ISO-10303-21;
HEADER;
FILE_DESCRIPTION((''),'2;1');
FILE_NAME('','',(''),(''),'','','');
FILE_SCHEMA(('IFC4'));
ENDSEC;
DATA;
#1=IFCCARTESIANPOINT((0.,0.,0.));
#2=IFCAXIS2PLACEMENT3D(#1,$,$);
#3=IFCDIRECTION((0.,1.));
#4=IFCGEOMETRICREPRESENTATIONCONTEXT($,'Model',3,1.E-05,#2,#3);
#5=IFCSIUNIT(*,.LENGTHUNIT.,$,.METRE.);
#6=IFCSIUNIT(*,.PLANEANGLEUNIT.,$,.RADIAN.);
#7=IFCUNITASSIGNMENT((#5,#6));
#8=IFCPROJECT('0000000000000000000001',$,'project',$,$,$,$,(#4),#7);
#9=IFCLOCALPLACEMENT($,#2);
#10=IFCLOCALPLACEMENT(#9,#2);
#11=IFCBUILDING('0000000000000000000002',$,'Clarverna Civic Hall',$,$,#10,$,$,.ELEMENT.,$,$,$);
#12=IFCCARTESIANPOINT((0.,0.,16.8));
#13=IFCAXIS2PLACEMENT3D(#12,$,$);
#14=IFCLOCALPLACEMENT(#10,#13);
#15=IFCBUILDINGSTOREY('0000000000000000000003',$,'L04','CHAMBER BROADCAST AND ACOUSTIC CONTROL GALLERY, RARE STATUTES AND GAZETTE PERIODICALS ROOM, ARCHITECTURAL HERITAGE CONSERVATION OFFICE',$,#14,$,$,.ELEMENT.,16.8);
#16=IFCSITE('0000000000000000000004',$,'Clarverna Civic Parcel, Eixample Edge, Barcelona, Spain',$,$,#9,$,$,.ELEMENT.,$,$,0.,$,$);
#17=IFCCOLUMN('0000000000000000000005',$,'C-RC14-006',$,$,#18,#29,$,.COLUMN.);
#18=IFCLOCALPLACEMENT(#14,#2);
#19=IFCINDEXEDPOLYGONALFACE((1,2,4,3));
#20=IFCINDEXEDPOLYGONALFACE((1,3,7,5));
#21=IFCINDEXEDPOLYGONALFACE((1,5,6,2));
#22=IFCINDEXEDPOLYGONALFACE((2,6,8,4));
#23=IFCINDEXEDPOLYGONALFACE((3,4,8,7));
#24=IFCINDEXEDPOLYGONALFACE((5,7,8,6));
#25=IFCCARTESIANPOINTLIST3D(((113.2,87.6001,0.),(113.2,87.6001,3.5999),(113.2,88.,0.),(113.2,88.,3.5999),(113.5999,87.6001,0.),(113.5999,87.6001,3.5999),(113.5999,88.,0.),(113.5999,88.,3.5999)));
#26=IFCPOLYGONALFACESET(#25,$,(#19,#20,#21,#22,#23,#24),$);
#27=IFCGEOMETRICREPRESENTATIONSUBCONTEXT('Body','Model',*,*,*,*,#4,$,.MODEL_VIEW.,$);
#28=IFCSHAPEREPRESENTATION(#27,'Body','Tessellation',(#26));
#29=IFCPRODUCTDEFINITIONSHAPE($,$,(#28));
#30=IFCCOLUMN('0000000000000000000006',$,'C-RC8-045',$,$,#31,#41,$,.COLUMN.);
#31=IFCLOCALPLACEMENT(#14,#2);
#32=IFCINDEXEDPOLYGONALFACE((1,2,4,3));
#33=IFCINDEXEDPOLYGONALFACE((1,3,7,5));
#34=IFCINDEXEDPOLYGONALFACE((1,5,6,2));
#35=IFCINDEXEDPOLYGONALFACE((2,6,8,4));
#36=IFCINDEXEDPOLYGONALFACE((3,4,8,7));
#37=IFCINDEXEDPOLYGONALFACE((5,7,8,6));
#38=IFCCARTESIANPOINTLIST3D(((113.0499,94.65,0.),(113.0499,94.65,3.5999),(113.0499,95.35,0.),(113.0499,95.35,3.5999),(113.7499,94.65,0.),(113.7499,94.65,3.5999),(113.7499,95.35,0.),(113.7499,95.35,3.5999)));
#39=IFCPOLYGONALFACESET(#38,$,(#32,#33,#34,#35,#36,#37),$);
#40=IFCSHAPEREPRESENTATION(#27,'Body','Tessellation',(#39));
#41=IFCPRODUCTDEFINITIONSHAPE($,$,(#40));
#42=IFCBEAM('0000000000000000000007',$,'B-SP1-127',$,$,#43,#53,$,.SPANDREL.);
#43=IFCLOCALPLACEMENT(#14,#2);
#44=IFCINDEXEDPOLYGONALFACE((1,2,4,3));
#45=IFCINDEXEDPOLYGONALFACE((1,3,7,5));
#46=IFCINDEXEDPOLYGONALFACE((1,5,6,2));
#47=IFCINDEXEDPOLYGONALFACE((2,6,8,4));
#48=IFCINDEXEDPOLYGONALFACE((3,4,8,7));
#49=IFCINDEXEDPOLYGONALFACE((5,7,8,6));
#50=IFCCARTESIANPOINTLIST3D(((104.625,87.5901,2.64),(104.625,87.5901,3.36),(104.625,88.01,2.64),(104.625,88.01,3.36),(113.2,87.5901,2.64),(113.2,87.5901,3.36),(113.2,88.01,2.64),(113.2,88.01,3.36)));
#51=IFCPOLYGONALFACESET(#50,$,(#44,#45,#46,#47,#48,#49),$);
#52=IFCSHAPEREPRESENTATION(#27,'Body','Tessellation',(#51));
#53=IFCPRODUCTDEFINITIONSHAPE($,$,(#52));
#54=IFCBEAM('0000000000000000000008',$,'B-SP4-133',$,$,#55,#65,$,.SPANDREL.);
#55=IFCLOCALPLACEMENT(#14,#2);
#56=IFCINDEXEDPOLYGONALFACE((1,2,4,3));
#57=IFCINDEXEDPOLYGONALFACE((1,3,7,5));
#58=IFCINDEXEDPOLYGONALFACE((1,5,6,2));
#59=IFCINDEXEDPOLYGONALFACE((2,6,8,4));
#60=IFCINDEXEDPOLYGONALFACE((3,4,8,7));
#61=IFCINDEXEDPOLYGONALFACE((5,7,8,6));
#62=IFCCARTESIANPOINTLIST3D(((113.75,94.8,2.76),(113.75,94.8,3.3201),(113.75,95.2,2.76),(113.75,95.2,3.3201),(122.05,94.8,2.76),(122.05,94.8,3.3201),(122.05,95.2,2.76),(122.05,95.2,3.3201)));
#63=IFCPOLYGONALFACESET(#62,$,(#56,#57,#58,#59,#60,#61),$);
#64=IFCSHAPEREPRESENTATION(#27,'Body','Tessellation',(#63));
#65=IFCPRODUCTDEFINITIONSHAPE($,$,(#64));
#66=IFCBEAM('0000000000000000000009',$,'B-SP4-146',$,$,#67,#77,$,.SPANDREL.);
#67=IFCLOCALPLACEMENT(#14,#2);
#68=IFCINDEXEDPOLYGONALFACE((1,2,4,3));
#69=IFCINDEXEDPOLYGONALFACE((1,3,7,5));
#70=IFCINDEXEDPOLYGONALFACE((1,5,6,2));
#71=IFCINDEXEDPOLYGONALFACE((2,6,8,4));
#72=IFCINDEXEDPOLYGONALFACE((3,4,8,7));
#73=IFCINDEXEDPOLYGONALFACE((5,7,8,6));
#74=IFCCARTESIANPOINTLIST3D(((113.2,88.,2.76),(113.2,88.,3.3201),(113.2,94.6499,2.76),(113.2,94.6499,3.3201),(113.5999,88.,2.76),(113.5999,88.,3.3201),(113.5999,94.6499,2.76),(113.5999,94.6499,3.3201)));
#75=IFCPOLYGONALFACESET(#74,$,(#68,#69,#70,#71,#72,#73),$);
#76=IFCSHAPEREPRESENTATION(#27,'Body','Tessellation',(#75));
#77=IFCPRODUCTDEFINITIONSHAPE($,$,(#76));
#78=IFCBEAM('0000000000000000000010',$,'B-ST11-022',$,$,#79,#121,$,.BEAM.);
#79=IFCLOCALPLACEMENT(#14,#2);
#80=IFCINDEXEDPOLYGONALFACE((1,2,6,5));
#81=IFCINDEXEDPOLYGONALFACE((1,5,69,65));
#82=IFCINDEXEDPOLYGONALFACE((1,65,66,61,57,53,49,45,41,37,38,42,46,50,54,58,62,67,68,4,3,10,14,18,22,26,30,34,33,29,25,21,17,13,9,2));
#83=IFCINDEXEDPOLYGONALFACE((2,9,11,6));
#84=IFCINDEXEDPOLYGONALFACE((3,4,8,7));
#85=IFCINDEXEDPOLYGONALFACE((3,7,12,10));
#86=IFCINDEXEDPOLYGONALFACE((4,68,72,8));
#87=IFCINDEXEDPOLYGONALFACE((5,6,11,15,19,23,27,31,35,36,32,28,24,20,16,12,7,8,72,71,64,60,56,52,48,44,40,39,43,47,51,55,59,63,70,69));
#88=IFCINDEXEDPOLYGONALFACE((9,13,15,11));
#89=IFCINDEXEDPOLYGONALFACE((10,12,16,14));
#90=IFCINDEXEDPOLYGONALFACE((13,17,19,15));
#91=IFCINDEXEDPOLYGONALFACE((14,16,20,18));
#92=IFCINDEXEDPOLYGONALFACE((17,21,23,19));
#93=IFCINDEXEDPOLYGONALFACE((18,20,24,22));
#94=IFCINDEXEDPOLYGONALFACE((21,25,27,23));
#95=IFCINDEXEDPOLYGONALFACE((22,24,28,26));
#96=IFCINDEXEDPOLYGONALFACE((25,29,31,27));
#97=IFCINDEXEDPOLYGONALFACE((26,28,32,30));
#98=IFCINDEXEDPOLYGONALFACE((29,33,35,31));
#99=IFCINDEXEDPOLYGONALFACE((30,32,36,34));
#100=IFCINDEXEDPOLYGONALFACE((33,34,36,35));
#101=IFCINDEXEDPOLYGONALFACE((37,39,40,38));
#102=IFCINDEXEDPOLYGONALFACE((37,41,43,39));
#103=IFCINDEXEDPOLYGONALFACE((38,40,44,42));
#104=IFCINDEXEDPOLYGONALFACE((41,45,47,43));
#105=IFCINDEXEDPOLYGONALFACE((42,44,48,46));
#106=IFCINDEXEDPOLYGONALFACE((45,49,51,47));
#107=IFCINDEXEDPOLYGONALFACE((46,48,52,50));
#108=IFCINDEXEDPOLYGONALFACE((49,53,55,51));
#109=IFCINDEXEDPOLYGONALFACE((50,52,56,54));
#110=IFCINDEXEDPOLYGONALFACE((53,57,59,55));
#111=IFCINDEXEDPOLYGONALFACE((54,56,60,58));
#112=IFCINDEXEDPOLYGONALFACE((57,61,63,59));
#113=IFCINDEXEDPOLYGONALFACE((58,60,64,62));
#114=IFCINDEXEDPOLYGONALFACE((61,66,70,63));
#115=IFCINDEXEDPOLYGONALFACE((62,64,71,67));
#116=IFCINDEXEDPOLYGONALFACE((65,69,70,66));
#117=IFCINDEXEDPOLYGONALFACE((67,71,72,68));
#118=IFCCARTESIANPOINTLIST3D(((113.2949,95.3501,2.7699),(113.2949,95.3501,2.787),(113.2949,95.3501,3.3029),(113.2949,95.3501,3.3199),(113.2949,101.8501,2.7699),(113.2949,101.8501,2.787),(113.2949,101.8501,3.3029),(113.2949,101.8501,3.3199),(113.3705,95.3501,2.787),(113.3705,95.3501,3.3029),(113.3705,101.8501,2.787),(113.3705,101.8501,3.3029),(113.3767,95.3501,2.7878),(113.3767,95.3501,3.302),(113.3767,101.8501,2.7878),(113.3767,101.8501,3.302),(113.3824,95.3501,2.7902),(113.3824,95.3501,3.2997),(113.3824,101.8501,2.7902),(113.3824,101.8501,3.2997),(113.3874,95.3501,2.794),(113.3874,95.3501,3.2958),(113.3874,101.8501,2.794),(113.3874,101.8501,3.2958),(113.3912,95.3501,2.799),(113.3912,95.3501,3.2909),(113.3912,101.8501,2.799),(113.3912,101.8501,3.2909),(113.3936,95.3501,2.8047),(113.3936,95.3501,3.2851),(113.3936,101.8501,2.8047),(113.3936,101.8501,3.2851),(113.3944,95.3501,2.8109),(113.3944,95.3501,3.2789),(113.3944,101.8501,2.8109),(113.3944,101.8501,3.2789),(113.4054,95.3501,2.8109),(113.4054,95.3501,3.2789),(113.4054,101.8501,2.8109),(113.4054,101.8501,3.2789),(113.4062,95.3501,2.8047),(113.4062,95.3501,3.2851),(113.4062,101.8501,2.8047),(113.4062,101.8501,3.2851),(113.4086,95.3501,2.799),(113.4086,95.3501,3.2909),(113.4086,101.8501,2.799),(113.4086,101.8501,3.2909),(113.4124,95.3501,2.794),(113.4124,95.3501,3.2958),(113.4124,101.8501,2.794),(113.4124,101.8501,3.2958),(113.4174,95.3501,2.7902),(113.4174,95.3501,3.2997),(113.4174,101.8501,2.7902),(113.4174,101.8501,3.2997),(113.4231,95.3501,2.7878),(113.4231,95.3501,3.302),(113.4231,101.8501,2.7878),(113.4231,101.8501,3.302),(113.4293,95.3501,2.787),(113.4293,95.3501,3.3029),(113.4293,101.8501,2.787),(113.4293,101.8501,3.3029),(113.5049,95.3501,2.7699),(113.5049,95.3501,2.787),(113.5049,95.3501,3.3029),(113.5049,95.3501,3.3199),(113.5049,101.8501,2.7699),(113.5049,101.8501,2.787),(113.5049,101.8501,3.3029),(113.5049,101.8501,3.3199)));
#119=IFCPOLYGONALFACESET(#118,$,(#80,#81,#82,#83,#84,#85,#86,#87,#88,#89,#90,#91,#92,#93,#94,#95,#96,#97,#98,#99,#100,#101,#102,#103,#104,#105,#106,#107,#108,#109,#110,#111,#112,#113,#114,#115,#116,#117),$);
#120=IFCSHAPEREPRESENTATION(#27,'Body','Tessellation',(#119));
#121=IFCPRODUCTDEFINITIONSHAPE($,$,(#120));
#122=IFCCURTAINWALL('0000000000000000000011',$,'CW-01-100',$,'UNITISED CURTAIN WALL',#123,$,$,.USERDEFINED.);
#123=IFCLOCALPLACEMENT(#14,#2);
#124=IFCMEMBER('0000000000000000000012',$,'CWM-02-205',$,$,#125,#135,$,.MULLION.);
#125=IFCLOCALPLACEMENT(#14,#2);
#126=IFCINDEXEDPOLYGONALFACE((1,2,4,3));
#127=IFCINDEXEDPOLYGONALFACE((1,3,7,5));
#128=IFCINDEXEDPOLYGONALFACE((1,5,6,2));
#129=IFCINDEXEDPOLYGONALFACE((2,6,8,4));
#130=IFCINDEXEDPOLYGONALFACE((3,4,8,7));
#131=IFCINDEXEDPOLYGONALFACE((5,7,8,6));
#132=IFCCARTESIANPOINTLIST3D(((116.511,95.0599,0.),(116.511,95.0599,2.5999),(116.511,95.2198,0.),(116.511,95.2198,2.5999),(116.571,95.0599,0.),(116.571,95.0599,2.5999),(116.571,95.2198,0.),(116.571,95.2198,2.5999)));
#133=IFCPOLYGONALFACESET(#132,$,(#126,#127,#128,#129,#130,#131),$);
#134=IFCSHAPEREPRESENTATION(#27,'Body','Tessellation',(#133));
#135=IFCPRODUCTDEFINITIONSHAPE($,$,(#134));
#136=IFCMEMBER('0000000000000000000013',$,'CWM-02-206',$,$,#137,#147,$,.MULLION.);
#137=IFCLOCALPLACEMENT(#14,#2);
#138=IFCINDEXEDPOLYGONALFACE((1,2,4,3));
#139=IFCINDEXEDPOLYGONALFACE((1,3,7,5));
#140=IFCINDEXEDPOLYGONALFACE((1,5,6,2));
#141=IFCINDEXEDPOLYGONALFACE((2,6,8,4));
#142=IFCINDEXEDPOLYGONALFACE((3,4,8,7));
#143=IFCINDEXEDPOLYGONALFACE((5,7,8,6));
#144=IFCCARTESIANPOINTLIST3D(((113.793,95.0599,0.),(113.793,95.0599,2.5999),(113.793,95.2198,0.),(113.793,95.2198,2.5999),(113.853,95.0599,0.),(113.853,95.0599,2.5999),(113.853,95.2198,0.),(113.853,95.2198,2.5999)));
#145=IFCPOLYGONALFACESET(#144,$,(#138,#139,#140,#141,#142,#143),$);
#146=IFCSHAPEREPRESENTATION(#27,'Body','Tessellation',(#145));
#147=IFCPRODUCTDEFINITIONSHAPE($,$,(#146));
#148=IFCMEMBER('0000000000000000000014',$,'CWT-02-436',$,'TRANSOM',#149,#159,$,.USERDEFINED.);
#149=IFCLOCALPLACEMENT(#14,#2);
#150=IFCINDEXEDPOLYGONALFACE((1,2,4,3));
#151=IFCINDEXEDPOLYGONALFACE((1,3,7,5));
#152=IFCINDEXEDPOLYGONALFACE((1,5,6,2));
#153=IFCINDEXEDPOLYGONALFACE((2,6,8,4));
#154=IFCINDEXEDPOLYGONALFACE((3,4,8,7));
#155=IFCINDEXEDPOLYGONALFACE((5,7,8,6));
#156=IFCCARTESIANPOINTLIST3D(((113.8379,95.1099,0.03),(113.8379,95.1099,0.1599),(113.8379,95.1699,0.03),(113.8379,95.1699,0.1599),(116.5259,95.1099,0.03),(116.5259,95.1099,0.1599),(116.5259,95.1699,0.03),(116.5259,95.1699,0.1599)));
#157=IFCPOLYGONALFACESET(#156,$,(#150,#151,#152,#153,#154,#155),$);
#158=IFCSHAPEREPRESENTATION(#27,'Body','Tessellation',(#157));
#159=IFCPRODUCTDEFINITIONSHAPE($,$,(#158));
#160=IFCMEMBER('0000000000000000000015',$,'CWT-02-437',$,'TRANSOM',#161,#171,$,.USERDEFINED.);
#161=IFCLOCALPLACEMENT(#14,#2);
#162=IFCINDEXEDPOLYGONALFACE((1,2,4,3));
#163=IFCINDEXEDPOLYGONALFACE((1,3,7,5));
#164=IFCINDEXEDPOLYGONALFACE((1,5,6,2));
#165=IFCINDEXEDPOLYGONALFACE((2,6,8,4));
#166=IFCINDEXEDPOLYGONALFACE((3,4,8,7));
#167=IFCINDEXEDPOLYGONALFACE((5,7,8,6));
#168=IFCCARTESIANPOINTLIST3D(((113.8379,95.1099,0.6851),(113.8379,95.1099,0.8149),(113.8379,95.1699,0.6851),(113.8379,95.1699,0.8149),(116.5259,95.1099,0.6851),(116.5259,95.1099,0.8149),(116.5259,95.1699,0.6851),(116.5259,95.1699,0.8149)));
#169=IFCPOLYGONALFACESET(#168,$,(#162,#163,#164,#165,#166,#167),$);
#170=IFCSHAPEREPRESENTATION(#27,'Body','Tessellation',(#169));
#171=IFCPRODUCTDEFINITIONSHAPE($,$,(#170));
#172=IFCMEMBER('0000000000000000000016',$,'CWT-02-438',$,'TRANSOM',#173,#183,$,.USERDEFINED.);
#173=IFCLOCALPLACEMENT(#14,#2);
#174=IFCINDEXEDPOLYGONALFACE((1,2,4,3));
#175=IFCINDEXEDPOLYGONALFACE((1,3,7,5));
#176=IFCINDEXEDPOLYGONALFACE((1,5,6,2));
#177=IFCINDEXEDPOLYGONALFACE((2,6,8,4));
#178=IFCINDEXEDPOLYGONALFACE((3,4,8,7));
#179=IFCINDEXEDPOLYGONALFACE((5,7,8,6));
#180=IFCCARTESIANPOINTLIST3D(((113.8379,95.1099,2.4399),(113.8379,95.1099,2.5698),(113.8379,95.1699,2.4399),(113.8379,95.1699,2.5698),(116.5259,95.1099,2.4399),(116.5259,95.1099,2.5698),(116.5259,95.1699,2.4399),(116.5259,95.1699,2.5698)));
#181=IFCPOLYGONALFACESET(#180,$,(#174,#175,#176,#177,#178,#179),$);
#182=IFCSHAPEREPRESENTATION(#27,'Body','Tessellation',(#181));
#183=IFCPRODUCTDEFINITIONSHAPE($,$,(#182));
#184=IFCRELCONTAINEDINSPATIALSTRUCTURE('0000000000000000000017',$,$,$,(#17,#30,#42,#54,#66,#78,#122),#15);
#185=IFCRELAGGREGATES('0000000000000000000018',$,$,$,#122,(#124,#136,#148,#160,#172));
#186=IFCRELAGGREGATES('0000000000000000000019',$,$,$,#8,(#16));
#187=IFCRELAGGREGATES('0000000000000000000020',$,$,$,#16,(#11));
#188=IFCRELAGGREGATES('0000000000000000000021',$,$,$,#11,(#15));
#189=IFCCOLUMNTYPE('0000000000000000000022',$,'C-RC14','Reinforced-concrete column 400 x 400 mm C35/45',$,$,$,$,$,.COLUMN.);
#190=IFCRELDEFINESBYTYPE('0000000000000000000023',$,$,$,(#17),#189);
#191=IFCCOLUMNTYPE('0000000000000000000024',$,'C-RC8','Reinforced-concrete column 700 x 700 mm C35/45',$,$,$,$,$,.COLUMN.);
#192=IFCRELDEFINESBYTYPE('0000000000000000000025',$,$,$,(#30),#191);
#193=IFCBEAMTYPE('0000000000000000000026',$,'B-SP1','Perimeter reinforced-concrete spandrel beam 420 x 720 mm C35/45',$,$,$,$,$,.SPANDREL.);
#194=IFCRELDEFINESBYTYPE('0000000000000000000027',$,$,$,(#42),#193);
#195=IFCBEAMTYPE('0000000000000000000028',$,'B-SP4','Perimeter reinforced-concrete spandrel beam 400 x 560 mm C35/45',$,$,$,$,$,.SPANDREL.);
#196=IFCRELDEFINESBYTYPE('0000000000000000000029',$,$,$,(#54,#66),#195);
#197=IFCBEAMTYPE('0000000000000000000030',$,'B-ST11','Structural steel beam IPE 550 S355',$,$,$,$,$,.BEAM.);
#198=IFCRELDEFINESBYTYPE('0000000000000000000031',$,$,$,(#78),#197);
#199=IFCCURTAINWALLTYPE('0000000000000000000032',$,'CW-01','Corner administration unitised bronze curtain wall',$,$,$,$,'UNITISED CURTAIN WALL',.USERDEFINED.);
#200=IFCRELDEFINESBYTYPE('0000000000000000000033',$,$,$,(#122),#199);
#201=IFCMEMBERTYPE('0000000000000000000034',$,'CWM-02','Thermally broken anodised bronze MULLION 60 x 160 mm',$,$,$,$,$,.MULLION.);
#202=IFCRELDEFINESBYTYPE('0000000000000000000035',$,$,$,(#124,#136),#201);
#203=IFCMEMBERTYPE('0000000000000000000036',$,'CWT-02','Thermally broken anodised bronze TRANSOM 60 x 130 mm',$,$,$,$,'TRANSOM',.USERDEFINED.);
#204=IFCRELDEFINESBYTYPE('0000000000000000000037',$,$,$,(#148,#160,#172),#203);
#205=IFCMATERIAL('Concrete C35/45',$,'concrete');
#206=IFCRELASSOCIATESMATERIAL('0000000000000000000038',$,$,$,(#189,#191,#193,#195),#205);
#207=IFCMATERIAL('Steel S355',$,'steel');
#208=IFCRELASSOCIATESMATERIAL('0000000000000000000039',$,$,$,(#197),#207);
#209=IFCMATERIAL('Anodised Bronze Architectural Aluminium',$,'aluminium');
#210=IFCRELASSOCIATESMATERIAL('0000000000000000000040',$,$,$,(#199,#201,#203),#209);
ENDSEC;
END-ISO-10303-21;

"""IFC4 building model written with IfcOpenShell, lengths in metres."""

from ifc_helpers import new_model, si_unit, direction, frame, origin, origin_2d, place, context, subcontext, project, spatial, rectangle, i_section, extrude, material, material_profile, profile_set, type_object, element, aggregate, save


model = new_model("IFC4")

# Units and contexts
model_context = context("Model", 3, precision=1e-05, world=origin(), true_north=direction((0.0, 1.0)))
body_context = subcontext(model_context, "Body", "Model", "MODEL_VIEW")
ifc_project = project(units=[si_unit("LENGTHUNIT", "METRE"), si_unit("PLANEANGLEUNIT", "RADIAN")], contexts=[model_context])

# Site, building, storey
site_placement = place(None, origin())
site = spatial("IfcSite", under=ifc_project, at=site_placement, Name="Clarverna Civic Parcel, Eixample Edge, Barcelona, Spain", CompositionType="ELEMENT", RefElevation=0.0)
building_placement = place(site_placement, origin())
building = spatial("IfcBuilding", under=site, at=building_placement, Name="Clarverna Civic Hall", CompositionType="ELEMENT")
storey_placement = place(building_placement, frame((0.0, 0.0, 16.8)))
storey = spatial("IfcBuildingStorey", under=building, at=storey_placement, Name="L04", Description="CHAMBER BROADCAST AND ACOUSTIC CONTROL GALLERY, RARE STATUTES AND GAZETTE PERIODICALS ROOM, ARCHITECTURAL HERITAGE CONSERVATION OFFICE", CompositionType="ELEMENT", Elevation=16.8)

# Columns
ifc_material_1 = material(Name="Concrete C35/45", Category="concrete")
ifc_material_profile_1 = material_profile(ifc_material_1, rectangle(XDim=0.3999, YDim=0.3999, at=origin_2d()), Name="RC 400x400")
ifc_profile_set_1 = profile_set([ifc_material_profile_1], Name="Concrete C35/45")
column_type_1 = type_object("IfcColumnType", Name="C-RC14", Description="Reinforced-concrete column 400 x 400 mm C35/45", PredefinedType="COLUMN", material=ifc_profile_set_1)
column_1_placement = place(storey_placement, frame((113.3999, 87.8, 0.0), z_axis=(0.0, 0.0, 1.0), x_axis=(1.0, 0.0, 0.0)))
element("IfcColumn", 1, at=column_1_placement, inside=storey, type_object=column_type_1, Name="C-RC14-006", PredefinedType="COLUMN", context=body_context, shape_type="SweptSolid", body=[
    extrude(rectangle(XDim=0.3999, YDim=0.3999, at=origin_2d()), origin(), (0.0, 0.0, 1.0), 3.5999),
])
ifc_material_profile_2 = material_profile(ifc_material_1, rectangle(XDim=0.7, YDim=0.7, at=origin_2d()), Name="RC 700x700")
ifc_profile_set_2 = profile_set([ifc_material_profile_2], Name="Concrete C35/45")
column_type_2 = type_object("IfcColumnType", Name="C-RC8", Description="Reinforced-concrete column 700 x 700 mm C35/45", PredefinedType="COLUMN", material=ifc_profile_set_2)
column_2_placement = place(storey_placement, frame((113.3999, 95.0, 0.0), z_axis=(0.0, 0.0, 1.0), x_axis=(1.0, 0.0, 0.0)))
element("IfcColumn", 2, at=column_2_placement, inside=storey, type_object=column_type_2, Name="C-RC8-045", PredefinedType="COLUMN", context=body_context, shape_type="SweptSolid", body=[
    extrude(rectangle(XDim=0.7, YDim=0.7, at=origin_2d()), origin(), (0.0, 0.0, 1.0), 3.5999),
])

# Beams
ifc_material_profile_3 = material_profile(ifc_material_1, rectangle(XDim=0.4199, YDim=0.72, at=origin_2d()), Name="RC 420x720")
ifc_profile_set_3 = profile_set([ifc_material_profile_3], Name="Concrete C35/45")
beam_type_1 = type_object("IfcBeamType", Name="B-SP1", Description="Perimeter reinforced-concrete spandrel beam 420 x 720 mm C35/45", PredefinedType="SPANDREL", material=ifc_profile_set_3)
beam_1_placement = place(storey_placement, frame((104.625, 87.8, 3.0), z_axis=(1.0, 0.0, 0.0), x_axis=(0.0, 1.0, 0.0)))
element("IfcBeam", 3, at=beam_1_placement, inside=storey, type_object=beam_type_1, Name="B-SP1-127", PredefinedType="SPANDREL", context=body_context, shape_type="SweptSolid", body=[
    extrude(rectangle(XDim=0.4199, YDim=0.72, at=origin_2d()), origin(), (0.0, 0.0, 1.0), 8.575),
])
ifc_material_profile_4 = material_profile(ifc_material_1, rectangle(XDim=0.3999, YDim=0.5601, at=origin_2d()), Name="RC 400x560")
ifc_profile_set_4 = profile_set([ifc_material_profile_4], Name="Concrete C35/45")
beam_type_2 = type_object("IfcBeamType", Name="B-SP4", Description="Perimeter reinforced-concrete spandrel beam 400 x 560 mm C35/45", PredefinedType="SPANDREL", material=ifc_profile_set_4)
beam_2_placement = place(storey_placement, frame((113.75, 95.0, 3.04), z_axis=(1.0, 0.0, 0.0), x_axis=(0.0, 1.0, 0.0)))
element("IfcBeam", 4, at=beam_2_placement, inside=storey, type_object=beam_type_2, Name="B-SP4-133", PredefinedType="SPANDREL", context=body_context, shape_type="SweptSolid", body=[
    extrude(rectangle(XDim=0.3999, YDim=0.5601, at=origin_2d()), origin(), (0.0, 0.0, 1.0), 8.3),
])
beam_3_placement = place(storey_placement, frame((113.3999, 88.0, 3.04), z_axis=(0.0, 1.0, 0.0), x_axis=(-1.0, 0.0, 0.0)))
element("IfcBeam", 5, at=beam_3_placement, inside=storey, type_object=beam_type_2, Name="B-SP4-146", PredefinedType="SPANDREL", context=body_context, shape_type="SweptSolid", body=[
    extrude(rectangle(XDim=0.3999, YDim=0.5601, at=origin_2d()), origin(), (0.0, 0.0, 1.0), 6.6499),
])
ifc_material_2 = material(Name="Steel S355", Category="steel")
ifc_material_profile_5 = material_profile(ifc_material_2, i_section(OverallWidth=0.21, OverallDepth=0.55, WebThickness=0.011, FlangeThickness=0.0171, FilletRadius=0.0239, at=origin_2d()), Name="IPE 550")
ifc_profile_set_5 = profile_set([ifc_material_profile_5], Name="Steel S355")
beam_type_3 = type_object("IfcBeamType", Name="B-ST11", Description="Structural steel beam IPE 550 S355", PredefinedType="BEAM", material=ifc_profile_set_5)
beam_4_placement = place(storey_placement, frame((113.3999, 95.3501, 3.0449), z_axis=(0.0, 1.0, 0.0), x_axis=(-1.0, 0.0, 0.0)))
element("IfcBeam", 6, at=beam_4_placement, inside=storey, type_object=beam_type_3, Name="B-ST11-022", PredefinedType="BEAM", context=body_context, shape_type="SweptSolid", body=[
    extrude(i_section(OverallWidth=0.21, OverallDepth=0.55, WebThickness=0.011, FlangeThickness=0.0171, FilletRadius=0.0239, at=origin_2d()), origin(), (0.0, 0.0, 1.0), 6.5),
])

# Curtain wall, members
ifc_material_3 = material(Name="Anodised Bronze Architectural Aluminium", Category="aluminium")
curtain_wall_type = type_object("IfcCurtainWallType", Name="CW-01", Description="Corner administration unitised bronze curtain wall", ElementType="UNITISED CURTAIN WALL", PredefinedType="USERDEFINED", material=ifc_material_3)
curtain_wall_placement = place(storey_placement, origin())
curtain_wall = element("IfcCurtainWall", 7, at=curtain_wall_placement, inside=storey, type_object=curtain_wall_type, Name="CW-01-100", ObjectType="UNITISED CURTAIN WALL", PredefinedType="USERDEFINED")
ifc_material_profile_6 = material_profile(ifc_material_3, rectangle(XDim=0.0601, YDim=0.1599, at=origin_2d()), Name="BRONZE 60x160")
ifc_profile_set_6 = profile_set([ifc_material_profile_6], Name="Anodised Bronze Architectural Aluminium")
member_type_1 = type_object("IfcMemberType", Name="CWM-02", Description="Thermally broken anodised bronze MULLION 60 x 160 mm", PredefinedType="MULLION", material=ifc_profile_set_6)
member_1_placement = place(storey_placement, frame((116.541, 95.1399, 0.0), z_axis=(0.0, 0.0, 1.0), x_axis=(1.0, 0.0, 0.0)))
member_1 = element("IfcMember", 8, at=member_1_placement, type_object=member_type_1, Name="CWM-02-205", PredefinedType="MULLION", context=body_context, shape_type="SweptSolid", body=[
    extrude(rectangle(XDim=0.0601, YDim=0.1599, at=origin_2d()), origin(), (0.0, 0.0, 1.0), 2.5999),
])
member_2_placement = place(storey_placement, frame((113.823, 95.1399, 0.0), z_axis=(0.0, 0.0, 1.0), x_axis=(1.0, 0.0, 0.0)))
member_2 = element("IfcMember", 9, at=member_2_placement, type_object=member_type_1, Name="CWM-02-206", PredefinedType="MULLION", context=body_context, shape_type="SweptSolid", body=[
    extrude(rectangle(XDim=0.0601, YDim=0.1599, at=origin_2d()), origin(), (0.0, 0.0, 1.0), 2.5999),
])
ifc_material_profile_7 = material_profile(ifc_material_3, rectangle(XDim=0.0601, YDim=0.1299, at=origin_2d()), Name="BRONZE 60x130")
ifc_profile_set_7 = profile_set([ifc_material_profile_7], Name="Anodised Bronze Architectural Aluminium")
member_type_2 = type_object("IfcMemberType", Name="CWT-02", Description="Thermally broken anodised bronze TRANSOM 60 x 130 mm", ElementType="TRANSOM", PredefinedType="USERDEFINED", material=ifc_profile_set_7)
member_3_placement = place(storey_placement, frame((116.5259, 95.1399, 0.095), z_axis=(-1.0, 0.0, 0.0), x_axis=(0.0, -1.0, 0.0)))
member_3 = element("IfcMember", 10, at=member_3_placement, type_object=member_type_2, Name="CWT-02-436", ObjectType="TRANSOM", PredefinedType="USERDEFINED", context=body_context, shape_type="SweptSolid", body=[
    extrude(rectangle(XDim=0.0601, YDim=0.1299, at=origin_2d()), origin(), (0.0, 0.0, 1.0), 2.688),
])
member_4_placement = place(storey_placement, frame((116.5259, 95.1399, 0.75), z_axis=(-1.0, 0.0, 0.0), x_axis=(0.0, -1.0, 0.0)))
member_4 = element("IfcMember", 11, at=member_4_placement, type_object=member_type_2, Name="CWT-02-437", ObjectType="TRANSOM", PredefinedType="USERDEFINED", context=body_context, shape_type="SweptSolid", body=[
    extrude(rectangle(XDim=0.0601, YDim=0.1299, at=origin_2d()), origin(), (0.0, 0.0, 1.0), 2.688),
])
member_5_placement = place(storey_placement, frame((116.5259, 95.1399, 2.5049), z_axis=(-1.0, 0.0, 0.0), x_axis=(0.0, -1.0, 0.0)))
member_5 = element("IfcMember", 12, at=member_5_placement, type_object=member_type_2, Name="CWT-02-438", ObjectType="TRANSOM", PredefinedType="USERDEFINED", context=body_context, shape_type="SweptSolid", body=[
    extrude(rectangle(XDim=0.0601, YDim=0.1299, at=origin_2d()), origin(), (0.0, 0.0, 1.0), 2.688),
])

aggregate(curtain_wall, [member_1, member_2, member_3, member_4, member_5])

save(model, "model.ifc")
